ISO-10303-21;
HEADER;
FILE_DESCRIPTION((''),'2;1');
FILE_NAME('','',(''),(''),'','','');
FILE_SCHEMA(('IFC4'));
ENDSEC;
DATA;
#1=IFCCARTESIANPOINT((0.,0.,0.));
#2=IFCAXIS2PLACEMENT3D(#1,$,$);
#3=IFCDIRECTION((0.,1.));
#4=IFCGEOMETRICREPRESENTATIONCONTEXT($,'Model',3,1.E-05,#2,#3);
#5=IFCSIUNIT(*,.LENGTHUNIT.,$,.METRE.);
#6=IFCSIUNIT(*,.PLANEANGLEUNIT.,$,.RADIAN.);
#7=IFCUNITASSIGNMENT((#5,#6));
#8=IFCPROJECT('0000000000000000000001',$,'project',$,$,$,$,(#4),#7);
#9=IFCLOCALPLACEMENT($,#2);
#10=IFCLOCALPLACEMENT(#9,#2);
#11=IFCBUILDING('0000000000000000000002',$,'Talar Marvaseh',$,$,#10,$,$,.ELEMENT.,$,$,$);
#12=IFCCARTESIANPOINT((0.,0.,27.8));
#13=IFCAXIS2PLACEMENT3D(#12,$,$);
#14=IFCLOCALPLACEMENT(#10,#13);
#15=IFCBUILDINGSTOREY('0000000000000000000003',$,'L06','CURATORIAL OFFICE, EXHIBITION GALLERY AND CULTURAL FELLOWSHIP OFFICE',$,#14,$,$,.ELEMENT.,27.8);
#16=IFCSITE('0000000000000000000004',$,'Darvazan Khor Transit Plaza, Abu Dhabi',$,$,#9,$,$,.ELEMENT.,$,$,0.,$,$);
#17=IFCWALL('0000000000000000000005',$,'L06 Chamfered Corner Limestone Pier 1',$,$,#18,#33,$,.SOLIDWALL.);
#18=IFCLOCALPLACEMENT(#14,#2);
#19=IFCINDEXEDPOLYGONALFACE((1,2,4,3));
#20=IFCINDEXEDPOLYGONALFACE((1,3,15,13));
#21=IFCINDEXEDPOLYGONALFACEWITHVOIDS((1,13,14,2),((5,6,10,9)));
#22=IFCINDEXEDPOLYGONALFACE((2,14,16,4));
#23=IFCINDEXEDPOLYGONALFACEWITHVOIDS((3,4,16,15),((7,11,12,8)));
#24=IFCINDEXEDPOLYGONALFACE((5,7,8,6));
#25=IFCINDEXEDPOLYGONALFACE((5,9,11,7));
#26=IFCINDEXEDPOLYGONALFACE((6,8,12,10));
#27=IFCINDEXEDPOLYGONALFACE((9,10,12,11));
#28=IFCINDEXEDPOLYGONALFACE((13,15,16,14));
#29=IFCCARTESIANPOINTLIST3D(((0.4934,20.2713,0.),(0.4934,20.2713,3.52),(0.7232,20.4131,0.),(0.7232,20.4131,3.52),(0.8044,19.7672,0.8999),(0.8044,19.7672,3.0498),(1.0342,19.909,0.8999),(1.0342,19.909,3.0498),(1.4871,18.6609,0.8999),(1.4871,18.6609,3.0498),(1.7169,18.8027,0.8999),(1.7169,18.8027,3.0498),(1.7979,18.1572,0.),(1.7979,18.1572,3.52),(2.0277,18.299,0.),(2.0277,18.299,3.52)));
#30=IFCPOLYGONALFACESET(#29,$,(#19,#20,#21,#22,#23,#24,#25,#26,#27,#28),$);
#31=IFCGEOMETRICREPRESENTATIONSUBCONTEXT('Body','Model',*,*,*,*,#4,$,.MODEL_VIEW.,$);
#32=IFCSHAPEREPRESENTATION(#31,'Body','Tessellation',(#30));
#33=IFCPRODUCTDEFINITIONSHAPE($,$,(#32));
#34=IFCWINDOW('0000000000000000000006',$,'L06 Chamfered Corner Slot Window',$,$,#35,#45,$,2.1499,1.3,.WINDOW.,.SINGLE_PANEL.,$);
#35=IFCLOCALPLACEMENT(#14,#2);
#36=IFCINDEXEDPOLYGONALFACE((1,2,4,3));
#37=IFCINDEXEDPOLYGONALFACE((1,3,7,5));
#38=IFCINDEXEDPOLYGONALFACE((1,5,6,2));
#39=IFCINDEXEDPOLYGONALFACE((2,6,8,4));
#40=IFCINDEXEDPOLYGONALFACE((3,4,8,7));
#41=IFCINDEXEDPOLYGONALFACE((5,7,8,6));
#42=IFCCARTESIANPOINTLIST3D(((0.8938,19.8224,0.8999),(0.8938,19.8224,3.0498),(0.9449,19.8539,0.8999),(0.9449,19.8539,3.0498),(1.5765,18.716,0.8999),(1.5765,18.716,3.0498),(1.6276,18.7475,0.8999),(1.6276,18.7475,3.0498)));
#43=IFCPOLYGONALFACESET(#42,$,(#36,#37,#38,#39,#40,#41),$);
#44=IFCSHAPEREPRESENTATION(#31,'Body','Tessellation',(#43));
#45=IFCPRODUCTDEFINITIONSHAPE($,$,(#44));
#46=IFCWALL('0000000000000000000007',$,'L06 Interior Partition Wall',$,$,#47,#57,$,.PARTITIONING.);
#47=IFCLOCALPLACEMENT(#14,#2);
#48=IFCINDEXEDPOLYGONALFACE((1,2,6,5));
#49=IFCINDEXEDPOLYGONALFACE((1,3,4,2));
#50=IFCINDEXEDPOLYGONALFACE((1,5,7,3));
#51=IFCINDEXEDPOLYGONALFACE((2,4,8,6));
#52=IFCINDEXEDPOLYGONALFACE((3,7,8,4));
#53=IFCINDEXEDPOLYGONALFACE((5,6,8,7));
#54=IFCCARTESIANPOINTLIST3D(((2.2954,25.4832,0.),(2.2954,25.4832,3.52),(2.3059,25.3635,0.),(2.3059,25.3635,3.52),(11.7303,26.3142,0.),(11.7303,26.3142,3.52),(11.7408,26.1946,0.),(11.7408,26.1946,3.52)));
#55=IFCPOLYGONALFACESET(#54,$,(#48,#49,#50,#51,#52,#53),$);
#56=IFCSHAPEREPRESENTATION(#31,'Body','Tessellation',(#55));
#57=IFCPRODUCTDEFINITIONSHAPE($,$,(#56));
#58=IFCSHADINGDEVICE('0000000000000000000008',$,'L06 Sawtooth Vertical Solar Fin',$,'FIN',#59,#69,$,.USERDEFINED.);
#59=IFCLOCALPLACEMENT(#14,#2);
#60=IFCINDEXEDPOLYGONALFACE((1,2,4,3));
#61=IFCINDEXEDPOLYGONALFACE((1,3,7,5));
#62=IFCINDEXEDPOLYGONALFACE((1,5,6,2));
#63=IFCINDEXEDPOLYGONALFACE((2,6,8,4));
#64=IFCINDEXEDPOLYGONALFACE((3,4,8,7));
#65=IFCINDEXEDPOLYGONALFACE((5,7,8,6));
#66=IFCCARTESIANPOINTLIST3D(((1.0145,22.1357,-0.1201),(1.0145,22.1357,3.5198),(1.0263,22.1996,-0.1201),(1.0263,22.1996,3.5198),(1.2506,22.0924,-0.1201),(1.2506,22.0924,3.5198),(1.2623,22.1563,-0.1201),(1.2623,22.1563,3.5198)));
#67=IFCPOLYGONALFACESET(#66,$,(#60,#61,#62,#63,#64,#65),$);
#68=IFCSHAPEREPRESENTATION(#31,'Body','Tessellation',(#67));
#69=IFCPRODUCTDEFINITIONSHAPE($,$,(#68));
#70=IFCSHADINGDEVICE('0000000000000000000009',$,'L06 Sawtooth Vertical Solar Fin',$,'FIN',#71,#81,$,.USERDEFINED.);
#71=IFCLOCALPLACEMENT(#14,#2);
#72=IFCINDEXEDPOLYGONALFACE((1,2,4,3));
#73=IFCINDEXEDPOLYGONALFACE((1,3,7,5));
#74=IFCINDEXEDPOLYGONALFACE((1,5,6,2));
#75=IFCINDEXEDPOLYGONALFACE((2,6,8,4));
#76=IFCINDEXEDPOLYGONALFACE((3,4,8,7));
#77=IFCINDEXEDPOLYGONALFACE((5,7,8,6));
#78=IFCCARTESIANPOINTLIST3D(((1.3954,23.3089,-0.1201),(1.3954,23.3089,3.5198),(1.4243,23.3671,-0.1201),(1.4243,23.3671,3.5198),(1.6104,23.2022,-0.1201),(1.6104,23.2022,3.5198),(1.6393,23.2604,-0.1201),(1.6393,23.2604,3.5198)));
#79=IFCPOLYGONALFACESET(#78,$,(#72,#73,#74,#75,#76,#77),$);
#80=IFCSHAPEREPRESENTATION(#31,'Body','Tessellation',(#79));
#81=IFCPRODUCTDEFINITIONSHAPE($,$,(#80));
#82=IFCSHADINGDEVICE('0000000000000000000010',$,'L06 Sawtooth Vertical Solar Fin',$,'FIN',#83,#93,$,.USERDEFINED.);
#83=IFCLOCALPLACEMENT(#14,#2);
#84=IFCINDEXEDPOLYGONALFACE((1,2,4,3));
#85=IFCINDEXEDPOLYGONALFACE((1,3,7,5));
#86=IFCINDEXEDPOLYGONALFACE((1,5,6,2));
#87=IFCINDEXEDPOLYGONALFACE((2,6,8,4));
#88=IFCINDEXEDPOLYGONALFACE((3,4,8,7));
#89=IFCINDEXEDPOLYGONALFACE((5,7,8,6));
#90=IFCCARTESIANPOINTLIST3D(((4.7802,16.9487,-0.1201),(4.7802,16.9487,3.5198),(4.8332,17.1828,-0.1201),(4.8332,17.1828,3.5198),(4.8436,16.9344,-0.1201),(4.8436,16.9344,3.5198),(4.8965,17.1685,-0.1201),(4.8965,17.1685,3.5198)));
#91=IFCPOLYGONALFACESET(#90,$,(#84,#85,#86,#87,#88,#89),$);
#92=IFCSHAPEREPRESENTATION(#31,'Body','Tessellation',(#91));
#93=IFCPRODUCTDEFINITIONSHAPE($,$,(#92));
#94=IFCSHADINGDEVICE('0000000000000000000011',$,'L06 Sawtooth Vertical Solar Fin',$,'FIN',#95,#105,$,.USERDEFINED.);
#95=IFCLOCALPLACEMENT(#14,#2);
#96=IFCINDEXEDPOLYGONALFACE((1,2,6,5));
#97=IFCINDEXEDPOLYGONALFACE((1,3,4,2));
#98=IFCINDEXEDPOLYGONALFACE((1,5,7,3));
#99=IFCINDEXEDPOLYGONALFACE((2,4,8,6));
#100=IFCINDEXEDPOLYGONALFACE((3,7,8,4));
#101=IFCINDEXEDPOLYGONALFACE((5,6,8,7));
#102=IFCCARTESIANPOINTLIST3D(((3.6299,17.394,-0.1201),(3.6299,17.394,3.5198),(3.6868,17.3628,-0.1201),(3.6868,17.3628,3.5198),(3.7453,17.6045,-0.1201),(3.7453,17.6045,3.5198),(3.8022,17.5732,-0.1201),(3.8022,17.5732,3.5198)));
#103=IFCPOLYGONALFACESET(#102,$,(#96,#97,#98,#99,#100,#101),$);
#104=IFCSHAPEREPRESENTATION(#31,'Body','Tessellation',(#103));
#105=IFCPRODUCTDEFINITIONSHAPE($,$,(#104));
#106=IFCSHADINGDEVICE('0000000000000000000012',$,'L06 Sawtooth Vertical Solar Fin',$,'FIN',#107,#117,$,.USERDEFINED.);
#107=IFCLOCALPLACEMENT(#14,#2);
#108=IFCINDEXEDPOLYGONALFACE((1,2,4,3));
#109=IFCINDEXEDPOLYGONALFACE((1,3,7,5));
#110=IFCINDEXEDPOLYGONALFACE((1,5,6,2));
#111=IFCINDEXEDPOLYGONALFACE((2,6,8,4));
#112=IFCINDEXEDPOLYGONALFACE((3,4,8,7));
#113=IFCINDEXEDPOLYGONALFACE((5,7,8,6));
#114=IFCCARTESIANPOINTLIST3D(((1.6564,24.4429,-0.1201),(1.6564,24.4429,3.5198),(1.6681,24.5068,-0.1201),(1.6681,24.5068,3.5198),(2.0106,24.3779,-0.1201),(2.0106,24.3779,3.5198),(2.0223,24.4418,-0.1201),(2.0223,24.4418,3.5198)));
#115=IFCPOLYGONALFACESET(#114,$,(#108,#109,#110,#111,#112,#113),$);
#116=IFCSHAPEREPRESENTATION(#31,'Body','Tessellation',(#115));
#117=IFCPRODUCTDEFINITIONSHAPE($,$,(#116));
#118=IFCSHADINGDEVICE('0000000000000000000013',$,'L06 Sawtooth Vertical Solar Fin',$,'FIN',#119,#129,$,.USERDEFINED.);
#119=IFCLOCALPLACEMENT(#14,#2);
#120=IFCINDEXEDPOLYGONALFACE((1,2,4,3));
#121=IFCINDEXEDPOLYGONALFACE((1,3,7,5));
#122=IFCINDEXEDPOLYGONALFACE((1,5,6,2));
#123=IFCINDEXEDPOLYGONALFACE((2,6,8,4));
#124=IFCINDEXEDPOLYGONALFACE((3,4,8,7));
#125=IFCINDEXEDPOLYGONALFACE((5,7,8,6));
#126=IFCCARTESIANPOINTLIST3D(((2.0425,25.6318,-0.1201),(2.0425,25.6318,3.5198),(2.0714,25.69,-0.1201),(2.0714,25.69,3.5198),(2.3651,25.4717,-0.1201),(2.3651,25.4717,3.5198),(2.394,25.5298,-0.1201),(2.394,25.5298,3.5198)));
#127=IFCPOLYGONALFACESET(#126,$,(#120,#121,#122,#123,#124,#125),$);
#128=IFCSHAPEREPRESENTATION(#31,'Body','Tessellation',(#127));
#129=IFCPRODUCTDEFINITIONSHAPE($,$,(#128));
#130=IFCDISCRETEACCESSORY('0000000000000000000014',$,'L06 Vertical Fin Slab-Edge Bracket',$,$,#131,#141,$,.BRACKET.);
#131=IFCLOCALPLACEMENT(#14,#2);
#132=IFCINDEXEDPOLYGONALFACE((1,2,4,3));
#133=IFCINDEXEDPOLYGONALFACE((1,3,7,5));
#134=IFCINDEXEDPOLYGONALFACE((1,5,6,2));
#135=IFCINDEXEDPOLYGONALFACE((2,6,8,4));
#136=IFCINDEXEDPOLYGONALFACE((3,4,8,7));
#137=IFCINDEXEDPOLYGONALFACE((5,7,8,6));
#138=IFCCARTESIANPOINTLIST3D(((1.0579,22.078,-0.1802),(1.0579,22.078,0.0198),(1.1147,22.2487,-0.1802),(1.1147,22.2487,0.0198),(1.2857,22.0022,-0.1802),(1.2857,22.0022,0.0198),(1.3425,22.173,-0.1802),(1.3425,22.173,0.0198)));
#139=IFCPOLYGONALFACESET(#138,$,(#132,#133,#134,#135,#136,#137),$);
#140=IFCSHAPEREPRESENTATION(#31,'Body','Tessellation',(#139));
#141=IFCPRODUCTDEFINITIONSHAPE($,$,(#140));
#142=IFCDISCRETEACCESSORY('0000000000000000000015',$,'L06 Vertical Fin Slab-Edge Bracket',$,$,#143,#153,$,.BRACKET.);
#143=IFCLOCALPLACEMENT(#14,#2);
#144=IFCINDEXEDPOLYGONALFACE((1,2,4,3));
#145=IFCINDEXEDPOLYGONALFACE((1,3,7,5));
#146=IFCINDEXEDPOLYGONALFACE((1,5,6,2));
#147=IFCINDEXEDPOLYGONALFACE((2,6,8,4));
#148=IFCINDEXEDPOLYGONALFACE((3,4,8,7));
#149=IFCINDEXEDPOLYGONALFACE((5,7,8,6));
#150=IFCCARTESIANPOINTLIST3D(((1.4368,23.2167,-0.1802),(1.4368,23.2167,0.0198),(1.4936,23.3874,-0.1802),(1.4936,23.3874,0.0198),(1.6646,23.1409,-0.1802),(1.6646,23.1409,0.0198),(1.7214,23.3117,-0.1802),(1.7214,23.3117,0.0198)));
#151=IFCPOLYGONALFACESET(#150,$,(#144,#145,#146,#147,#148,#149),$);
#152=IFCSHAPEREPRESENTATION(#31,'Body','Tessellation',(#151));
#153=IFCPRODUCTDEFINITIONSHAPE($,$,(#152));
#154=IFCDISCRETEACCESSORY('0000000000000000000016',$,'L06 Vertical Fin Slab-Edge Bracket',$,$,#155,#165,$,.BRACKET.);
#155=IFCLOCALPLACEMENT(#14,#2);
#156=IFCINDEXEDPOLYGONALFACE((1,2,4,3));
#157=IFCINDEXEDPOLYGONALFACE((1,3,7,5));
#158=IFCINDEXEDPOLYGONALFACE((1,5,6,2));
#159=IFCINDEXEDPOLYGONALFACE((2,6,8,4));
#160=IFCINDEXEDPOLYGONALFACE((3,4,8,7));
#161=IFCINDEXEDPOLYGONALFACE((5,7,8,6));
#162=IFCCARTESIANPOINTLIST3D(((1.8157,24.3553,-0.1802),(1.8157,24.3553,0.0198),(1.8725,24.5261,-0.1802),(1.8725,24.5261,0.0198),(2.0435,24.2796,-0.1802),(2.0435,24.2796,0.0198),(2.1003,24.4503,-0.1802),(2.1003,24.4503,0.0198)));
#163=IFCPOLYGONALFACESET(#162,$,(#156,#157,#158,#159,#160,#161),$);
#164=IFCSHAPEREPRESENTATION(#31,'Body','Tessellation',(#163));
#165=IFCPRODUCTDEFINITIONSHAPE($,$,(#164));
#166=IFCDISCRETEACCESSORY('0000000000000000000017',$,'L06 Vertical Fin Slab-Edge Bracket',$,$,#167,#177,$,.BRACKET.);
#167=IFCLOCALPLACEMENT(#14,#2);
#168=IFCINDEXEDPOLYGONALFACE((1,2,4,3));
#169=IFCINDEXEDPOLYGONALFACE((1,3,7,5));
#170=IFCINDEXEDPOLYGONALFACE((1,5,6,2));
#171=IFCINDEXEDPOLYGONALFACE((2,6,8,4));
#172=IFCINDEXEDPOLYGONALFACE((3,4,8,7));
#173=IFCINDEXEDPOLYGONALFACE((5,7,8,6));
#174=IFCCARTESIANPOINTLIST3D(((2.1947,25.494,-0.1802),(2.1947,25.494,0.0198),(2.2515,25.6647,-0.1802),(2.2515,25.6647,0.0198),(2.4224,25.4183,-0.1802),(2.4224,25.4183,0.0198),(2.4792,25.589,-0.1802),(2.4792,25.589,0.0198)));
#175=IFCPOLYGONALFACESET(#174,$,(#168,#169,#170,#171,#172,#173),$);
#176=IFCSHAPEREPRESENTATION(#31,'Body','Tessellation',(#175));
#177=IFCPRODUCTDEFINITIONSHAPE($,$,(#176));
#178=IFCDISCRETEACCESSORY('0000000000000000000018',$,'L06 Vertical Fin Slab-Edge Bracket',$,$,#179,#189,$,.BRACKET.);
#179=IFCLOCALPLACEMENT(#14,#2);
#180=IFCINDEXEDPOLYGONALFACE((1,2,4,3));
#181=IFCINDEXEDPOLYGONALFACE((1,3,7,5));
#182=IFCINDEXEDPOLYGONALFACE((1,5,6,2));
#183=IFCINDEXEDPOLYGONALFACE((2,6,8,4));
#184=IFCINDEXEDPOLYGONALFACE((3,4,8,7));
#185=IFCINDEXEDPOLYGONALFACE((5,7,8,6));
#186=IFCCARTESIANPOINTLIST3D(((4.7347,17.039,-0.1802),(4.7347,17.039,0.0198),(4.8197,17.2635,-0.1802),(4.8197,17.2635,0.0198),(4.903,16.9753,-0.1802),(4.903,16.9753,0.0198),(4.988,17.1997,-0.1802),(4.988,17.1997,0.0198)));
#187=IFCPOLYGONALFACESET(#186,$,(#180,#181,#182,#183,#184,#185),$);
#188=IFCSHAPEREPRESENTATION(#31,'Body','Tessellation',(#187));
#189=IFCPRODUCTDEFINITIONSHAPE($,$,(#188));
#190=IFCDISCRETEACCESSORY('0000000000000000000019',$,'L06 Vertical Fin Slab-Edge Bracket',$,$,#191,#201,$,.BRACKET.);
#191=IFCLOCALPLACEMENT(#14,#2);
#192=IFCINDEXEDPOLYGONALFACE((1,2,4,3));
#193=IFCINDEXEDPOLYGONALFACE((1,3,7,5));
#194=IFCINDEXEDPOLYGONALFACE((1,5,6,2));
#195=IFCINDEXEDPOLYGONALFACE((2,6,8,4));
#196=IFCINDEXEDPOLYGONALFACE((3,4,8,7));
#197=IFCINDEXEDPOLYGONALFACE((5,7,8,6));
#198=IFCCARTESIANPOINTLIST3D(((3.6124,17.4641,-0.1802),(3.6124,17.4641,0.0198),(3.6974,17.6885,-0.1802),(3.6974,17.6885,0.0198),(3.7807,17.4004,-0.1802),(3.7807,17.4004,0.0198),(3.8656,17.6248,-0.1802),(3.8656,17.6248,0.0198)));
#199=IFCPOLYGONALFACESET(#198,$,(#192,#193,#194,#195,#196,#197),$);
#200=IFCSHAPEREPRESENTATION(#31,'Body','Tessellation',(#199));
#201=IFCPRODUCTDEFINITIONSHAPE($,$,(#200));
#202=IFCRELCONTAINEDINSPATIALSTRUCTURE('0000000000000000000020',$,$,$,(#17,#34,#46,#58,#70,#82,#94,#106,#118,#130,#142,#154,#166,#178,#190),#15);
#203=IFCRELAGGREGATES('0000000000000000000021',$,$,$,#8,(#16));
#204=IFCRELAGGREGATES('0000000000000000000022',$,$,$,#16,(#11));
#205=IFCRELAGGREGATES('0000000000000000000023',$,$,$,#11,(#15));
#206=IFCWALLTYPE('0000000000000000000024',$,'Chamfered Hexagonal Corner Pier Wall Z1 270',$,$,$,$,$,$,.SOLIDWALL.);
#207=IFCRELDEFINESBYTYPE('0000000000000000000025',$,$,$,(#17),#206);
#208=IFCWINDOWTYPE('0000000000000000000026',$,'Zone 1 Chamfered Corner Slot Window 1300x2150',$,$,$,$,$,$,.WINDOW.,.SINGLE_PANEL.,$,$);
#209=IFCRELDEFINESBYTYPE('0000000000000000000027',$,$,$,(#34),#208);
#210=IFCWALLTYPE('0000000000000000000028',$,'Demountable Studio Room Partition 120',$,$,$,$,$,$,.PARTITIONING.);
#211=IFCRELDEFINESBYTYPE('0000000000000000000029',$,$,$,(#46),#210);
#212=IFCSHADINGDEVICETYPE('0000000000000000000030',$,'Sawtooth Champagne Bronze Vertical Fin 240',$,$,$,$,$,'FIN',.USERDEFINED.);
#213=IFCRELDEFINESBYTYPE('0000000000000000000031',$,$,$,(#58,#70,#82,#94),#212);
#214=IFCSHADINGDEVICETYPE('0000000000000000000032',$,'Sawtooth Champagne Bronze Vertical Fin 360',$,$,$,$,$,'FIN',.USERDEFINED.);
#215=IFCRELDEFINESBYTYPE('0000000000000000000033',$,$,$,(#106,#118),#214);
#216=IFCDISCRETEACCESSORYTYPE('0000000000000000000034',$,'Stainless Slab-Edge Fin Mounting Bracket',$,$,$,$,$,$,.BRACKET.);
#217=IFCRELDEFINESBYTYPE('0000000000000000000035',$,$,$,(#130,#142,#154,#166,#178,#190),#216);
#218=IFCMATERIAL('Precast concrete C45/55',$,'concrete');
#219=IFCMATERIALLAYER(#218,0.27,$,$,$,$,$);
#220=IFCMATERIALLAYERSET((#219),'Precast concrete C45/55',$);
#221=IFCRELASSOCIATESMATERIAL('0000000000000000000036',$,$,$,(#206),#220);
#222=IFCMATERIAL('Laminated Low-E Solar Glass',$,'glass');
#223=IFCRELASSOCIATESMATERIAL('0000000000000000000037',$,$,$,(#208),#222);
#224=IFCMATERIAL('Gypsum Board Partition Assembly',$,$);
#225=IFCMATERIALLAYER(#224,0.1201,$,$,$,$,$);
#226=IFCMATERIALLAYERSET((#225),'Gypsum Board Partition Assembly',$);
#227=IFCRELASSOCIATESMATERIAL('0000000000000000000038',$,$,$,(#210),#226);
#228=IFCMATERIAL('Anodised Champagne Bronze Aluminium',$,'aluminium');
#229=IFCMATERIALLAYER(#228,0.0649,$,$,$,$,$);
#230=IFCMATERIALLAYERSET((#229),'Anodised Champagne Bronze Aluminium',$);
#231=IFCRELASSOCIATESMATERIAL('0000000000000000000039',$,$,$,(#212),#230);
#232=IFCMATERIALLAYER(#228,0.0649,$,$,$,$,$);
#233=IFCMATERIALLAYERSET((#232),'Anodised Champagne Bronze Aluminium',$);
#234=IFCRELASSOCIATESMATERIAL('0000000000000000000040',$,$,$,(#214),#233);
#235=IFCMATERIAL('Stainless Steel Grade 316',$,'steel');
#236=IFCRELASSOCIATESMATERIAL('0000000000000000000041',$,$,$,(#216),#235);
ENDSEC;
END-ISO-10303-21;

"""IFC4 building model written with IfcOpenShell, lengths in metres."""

from ifc_helpers import new_model, si_unit, direction, frame, frame_2d, origin, origin_2d, place, context, subcontext, project, spatial, rectangle, extrude, source, transform, mapped, material, layer, layer_set, type_object, type_shapes, element, fill, save


model = new_model("IFC4")

# Units and contexts
model_context = context("Model", 3, precision=1e-05, world=origin(), true_north=direction((0.0, 1.0)))
body_context = subcontext(model_context, "Body", "Model", "MODEL_VIEW")
ifc_project = project(units=[si_unit("LENGTHUNIT", "METRE"), si_unit("PLANEANGLEUNIT", "RADIAN")], contexts=[model_context])

# Site, building, storey
site_placement = place(None, origin())
site = spatial("IfcSite", under=ifc_project, at=site_placement, Name="Darvazan Khor Transit Plaza, Abu Dhabi", CompositionType="ELEMENT", RefElevation=0.0)
building_placement = place(site_placement, origin())
building = spatial("IfcBuilding", under=site, at=building_placement, Name="Talar Marvaseh", CompositionType="ELEMENT")
storey_placement = place(building_placement, frame((0.0, 0.0, 27.8)))
storey = spatial("IfcBuildingStorey", under=building, at=storey_placement, Name="L06", Description="CURATORIAL OFFICE, EXHIBITION GALLERY AND CULTURAL FELLOWSHIP OFFICE", CompositionType="ELEMENT", Elevation=27.8)

# Shared definitions
ifc_material_1 = material(Name="Laminated Low-E Solar Glass", Category="glass")

# Wall, opening, window
ifc_material_2 = material(Name="Precast concrete C45/55", Category="concrete")
ifc_layer_1 = layer(ifc_material_2, 0.27)
ifc_layer_set_1 = layer_set([ifc_layer_1], Name="Precast concrete C45/55")
wall_type_1 = type_object("IfcWallType", Name="Chamfered Hexagonal Corner Pier Wall Z1 270", PredefinedType="SOLIDWALL", material=ifc_layer_set_1)
wall_1_placement = place(storey_placement, frame((1.9128, 18.228, 0.0), z_axis=(0.0, 0.0, 1.0), x_axis=(-0.525122, 0.851027, 0.0)))
wall_1 = element("IfcWall", 1, at=wall_1_placement, inside=storey, type_object=wall_type_1, Name="L06 Chamfered Corner Limestone Pier 1", PredefinedType="SOLIDWALL", context=body_context, shape_type="SweptSolid", body=[
    extrude(rectangle(XDim=2.4841, YDim=0.27, at=frame_2d((1.2422, 0.0))), origin(), (0.0, 0.0, 1.0), 3.52),
])
opening_placement = place(wall_1_placement, frame((0.592, 0.0, 0.8999)))
opening = element("IfcOpeningElement", 2, at=opening_placement, cuts=wall_1, PredefinedType="OPENING", context=body_context, shape_type="SweptSolid", body=[
    extrude(rectangle(XDim=1.3, YDim=2.1499, at=frame_2d((0.6499, 1.075))), frame((0.0, 0.145, 0.0), z_axis=(0.0, -1.0, 0.0), x_axis=(1.0, 0.0, 0.0)), (0.0, 0.0, 1.0), 0.29),
])
window_type = type_object("IfcWindowType", Name="Zone 1 Chamfered Corner Slot Window 1300x2150", PartitioningType="SINGLE_PANEL", PredefinedType="WINDOW", material=ifc_material_1)
shared_shape_1 = source(origin(), body_context, "Body", "SweptSolid", [
    extrude(rectangle(XDim=1.3, YDim=2.1499, at=frame_2d((0.6499, 1.075))), frame((0.0, 0.03, 0.0), z_axis=(0.0, -1.0, 0.0), x_axis=(1.0, 0.0, 0.0)), (0.0, 0.0, 1.0), 0.0601),
])
type_shapes(window_type, [shared_shape_1])
window_placement = place(opening_placement, origin())
window = element("IfcWindow", 3, at=window_placement, inside=storey, type_object=window_type, Name="L06 Chamfered Corner Slot Window", OverallHeight=2.1499, OverallWidth=1.3, PartitioningType="SINGLE_PANEL", PredefinedType="WINDOW", context=body_context, shape_type="MappedRepresentation", body=[
    mapped(shared_shape_1, transform((0.0, 0.0, 0.0), x_axis=(1.0, 0.0, 0.0), y_axis=(0.0, 1.0, 0.0), z_axis=(0.0, 0.0, 1.0), scale=1.0)),
])
fill(opening, window)

# Wall
ifc_material_3 = material(Name="Gypsum Board Partition Assembly")
ifc_layer_2 = layer(ifc_material_3, 0.1201)
ifc_layer_set_2 = layer_set([ifc_layer_2], Name="Gypsum Board Partition Assembly")
wall_type_2 = type_object("IfcWallType", Name="Demountable Studio Room Partition 120", PredefinedType="PARTITIONING", material=ifc_layer_set_2)
wall_2_placement = place(storey_placement, frame((2.3005, 25.4233, 0.0), z_axis=(0.0, 0.0, 1.0), x_axis=(0.996143, 0.087744, 0.0)))
element("IfcWall", 4, at=wall_2_placement, inside=storey, type_object=wall_type_2, Name="L06 Interior Partition Wall", PredefinedType="PARTITIONING", context=body_context, shape_type="SweptSolid", body=[
    extrude(rectangle(XDim=9.4714, YDim=0.1201, at=frame_2d((4.7358, 0.0))), origin(), (0.0, 0.0, 1.0), 3.52),
])

# Shading devices
ifc_material_4 = material(Name="Anodised Champagne Bronze Aluminium", Category="aluminium")
ifc_layer_3 = layer(ifc_material_4, 0.0649)
ifc_layer_set_3 = layer_set([ifc_layer_3], Name="Anodised Champagne Bronze Aluminium")
shading_device_type_1 = type_object("IfcShadingDeviceType", Name="Sawtooth Champagne Bronze Vertical Fin 240", ElementType="FIN", PredefinedType="USERDEFINED", material=ifc_layer_set_3)
shared_shape_2 = source(origin(), body_context, "Body", "SweptSolid", [
    extrude(rectangle(XDim=0.24, YDim=0.0649, at=origin_2d()), origin(), (0.0, 0.0, 1.0), 3.6399),
])
type_shapes(shading_device_type_1, [shared_shape_2])
for number, where, z_axis, x_axis, name in (
    (5, (1.1384, 22.146, -0.1201), (0.0, 0.0, 1.0), (-0.983571, 0.180519, 0.0), "L06 Sawtooth Vertical Solar Fin"),
    (6, (1.5173, 23.2847, -0.1201), (0.0, 0.0, 1.0), (-0.895712, 0.444635, 0.0), "L06 Sawtooth Vertical Solar Fin"),
    (7, (4.8384, 17.0586, -0.1201), (0.0, 0.0, 1.0), (-0.220527, -0.975381, 0.0), "L06 Sawtooth Vertical Solar Fin"),
    (8, (3.7161, 17.4836, -0.1201), (0.0, 0.0, 1.0), (-0.480836, -0.876811, 0.0), "L06 Sawtooth Vertical Solar Fin"),
):
    element("IfcShadingDevice", number, at=place(storey_placement, frame(where, z_axis=z_axis, x_axis=x_axis)), inside=storey, type_object=shading_device_type_1, Name=name, ObjectType="FIN", PredefinedType="USERDEFINED", context=body_context, shape_type="MappedRepresentation", body=[
        mapped(shared_shape_2, transform((0.0, 0.0, 0.0), x_axis=(1.0, 0.0, 0.0), y_axis=(0.0, 1.0, 0.0), z_axis=(0.0, 0.0, 1.0), scale=1.0)),
    ])
ifc_layer_4 = layer(ifc_material_4, 0.0649)
ifc_layer_set_4 = layer_set([ifc_layer_4], Name="Anodised Champagne Bronze Aluminium")
shading_device_type_2 = type_object("IfcShadingDeviceType", Name="Sawtooth Champagne Bronze Vertical Fin 360", ElementType="FIN", PredefinedType="USERDEFINED", material=ifc_layer_set_4)
shared_shape_3 = source(origin(), body_context, "Body", "SweptSolid", [
    extrude(rectangle(XDim=0.3601, YDim=0.0649, at=origin_2d()), origin(), (0.0, 0.0, 1.0), 3.6399),
])
type_shapes(shading_device_type_2, [shared_shape_3])
for number, where, z_axis, x_axis, name in (
    (9, (1.8394, 24.4424, -0.1201), (0.0, 0.0, 1.0), (-0.983571, 0.180519, 0.0), "L06 Sawtooth Vertical Solar Fin"),
    (10, (2.2183, 25.5808, -0.1201), (0.0, 0.0, 1.0), (-0.895712, 0.444635, 0.0), "L06 Sawtooth Vertical Solar Fin"),
):
    element("IfcShadingDevice", number, at=place(storey_placement, frame(where, z_axis=z_axis, x_axis=x_axis)), inside=storey, type_object=shading_device_type_2, Name=name, ObjectType="FIN", PredefinedType="USERDEFINED", context=body_context, shape_type="MappedRepresentation", body=[
        mapped(shared_shape_3, transform((0.0, 0.0, 0.0), x_axis=(1.0, 0.0, 0.0), y_axis=(0.0, 1.0, 0.0), z_axis=(0.0, 0.0, 1.0), scale=1.0)),
    ])

# Discrete accessories
ifc_material_5 = material(Name="Stainless Steel Grade 316", Category="steel")
discrete_accessory_type = type_object("IfcDiscreteAccessoryType", Name="Stainless Slab-Edge Fin Mounting Bracket", PredefinedType="BRACKET", material=ifc_material_5)
shared_shape_4 = source(origin(), body_context, "Body", "SweptSolid", [
    extrude(rectangle(XDim=0.24, YDim=0.1799, at=origin_2d()), origin(), (0.0, 0.0, 1.0), 0.2),
])
type_shapes(discrete_accessory_type, [shared_shape_4])
for number, where, z_axis, x_axis, name in (
    (11, (1.2002, 22.1255, -0.1802), (0.0, 0.0, 1.0), (-0.948876, 0.315649, 0.0), "L06 Vertical Fin Slab-Edge Bracket"),
    (12, (1.5791, 23.2642, -0.1802), (0.0, 0.0, 1.0), (-0.948876, 0.315649, 0.0), "L06 Vertical Fin Slab-Edge Bracket"),
    (13, (1.958, 24.4028, -0.1802), (0.0, 0.0, 1.0), (-0.948876, 0.315649, 0.0), "L06 Vertical Fin Slab-Edge Bracket"),
    (14, (2.3369, 25.5415, -0.1802), (0.0, 0.0, 1.0), (-0.948876, 0.315649, 0.0), "L06 Vertical Fin Slab-Edge Bracket"),
    (15, (4.8613, 17.1194, -0.1802), (0.0, 0.0, 1.0), (-0.354128, -0.935197, 0.0), "L06 Vertical Fin Slab-Edge Bracket"),
    (16, (3.739, 17.5444, -0.1802), (0.0, 0.0, 1.0), (-0.354128, -0.935197, 0.0), "L06 Vertical Fin Slab-Edge Bracket"),
):
    element("IfcDiscreteAccessory", number, at=place(storey_placement, frame(where, z_axis=z_axis, x_axis=x_axis)), inside=storey, type_object=discrete_accessory_type, Name=name, PredefinedType="BRACKET", context=body_context, shape_type="MappedRepresentation", body=[
        mapped(shared_shape_4, transform((0.0, 0.0, 0.0), x_axis=(1.0, 0.0, 0.0), y_axis=(0.0, 1.0, 0.0), z_axis=(0.0, 0.0, 1.0), scale=1.0)),
    ])

save(model, "model.ifc")
